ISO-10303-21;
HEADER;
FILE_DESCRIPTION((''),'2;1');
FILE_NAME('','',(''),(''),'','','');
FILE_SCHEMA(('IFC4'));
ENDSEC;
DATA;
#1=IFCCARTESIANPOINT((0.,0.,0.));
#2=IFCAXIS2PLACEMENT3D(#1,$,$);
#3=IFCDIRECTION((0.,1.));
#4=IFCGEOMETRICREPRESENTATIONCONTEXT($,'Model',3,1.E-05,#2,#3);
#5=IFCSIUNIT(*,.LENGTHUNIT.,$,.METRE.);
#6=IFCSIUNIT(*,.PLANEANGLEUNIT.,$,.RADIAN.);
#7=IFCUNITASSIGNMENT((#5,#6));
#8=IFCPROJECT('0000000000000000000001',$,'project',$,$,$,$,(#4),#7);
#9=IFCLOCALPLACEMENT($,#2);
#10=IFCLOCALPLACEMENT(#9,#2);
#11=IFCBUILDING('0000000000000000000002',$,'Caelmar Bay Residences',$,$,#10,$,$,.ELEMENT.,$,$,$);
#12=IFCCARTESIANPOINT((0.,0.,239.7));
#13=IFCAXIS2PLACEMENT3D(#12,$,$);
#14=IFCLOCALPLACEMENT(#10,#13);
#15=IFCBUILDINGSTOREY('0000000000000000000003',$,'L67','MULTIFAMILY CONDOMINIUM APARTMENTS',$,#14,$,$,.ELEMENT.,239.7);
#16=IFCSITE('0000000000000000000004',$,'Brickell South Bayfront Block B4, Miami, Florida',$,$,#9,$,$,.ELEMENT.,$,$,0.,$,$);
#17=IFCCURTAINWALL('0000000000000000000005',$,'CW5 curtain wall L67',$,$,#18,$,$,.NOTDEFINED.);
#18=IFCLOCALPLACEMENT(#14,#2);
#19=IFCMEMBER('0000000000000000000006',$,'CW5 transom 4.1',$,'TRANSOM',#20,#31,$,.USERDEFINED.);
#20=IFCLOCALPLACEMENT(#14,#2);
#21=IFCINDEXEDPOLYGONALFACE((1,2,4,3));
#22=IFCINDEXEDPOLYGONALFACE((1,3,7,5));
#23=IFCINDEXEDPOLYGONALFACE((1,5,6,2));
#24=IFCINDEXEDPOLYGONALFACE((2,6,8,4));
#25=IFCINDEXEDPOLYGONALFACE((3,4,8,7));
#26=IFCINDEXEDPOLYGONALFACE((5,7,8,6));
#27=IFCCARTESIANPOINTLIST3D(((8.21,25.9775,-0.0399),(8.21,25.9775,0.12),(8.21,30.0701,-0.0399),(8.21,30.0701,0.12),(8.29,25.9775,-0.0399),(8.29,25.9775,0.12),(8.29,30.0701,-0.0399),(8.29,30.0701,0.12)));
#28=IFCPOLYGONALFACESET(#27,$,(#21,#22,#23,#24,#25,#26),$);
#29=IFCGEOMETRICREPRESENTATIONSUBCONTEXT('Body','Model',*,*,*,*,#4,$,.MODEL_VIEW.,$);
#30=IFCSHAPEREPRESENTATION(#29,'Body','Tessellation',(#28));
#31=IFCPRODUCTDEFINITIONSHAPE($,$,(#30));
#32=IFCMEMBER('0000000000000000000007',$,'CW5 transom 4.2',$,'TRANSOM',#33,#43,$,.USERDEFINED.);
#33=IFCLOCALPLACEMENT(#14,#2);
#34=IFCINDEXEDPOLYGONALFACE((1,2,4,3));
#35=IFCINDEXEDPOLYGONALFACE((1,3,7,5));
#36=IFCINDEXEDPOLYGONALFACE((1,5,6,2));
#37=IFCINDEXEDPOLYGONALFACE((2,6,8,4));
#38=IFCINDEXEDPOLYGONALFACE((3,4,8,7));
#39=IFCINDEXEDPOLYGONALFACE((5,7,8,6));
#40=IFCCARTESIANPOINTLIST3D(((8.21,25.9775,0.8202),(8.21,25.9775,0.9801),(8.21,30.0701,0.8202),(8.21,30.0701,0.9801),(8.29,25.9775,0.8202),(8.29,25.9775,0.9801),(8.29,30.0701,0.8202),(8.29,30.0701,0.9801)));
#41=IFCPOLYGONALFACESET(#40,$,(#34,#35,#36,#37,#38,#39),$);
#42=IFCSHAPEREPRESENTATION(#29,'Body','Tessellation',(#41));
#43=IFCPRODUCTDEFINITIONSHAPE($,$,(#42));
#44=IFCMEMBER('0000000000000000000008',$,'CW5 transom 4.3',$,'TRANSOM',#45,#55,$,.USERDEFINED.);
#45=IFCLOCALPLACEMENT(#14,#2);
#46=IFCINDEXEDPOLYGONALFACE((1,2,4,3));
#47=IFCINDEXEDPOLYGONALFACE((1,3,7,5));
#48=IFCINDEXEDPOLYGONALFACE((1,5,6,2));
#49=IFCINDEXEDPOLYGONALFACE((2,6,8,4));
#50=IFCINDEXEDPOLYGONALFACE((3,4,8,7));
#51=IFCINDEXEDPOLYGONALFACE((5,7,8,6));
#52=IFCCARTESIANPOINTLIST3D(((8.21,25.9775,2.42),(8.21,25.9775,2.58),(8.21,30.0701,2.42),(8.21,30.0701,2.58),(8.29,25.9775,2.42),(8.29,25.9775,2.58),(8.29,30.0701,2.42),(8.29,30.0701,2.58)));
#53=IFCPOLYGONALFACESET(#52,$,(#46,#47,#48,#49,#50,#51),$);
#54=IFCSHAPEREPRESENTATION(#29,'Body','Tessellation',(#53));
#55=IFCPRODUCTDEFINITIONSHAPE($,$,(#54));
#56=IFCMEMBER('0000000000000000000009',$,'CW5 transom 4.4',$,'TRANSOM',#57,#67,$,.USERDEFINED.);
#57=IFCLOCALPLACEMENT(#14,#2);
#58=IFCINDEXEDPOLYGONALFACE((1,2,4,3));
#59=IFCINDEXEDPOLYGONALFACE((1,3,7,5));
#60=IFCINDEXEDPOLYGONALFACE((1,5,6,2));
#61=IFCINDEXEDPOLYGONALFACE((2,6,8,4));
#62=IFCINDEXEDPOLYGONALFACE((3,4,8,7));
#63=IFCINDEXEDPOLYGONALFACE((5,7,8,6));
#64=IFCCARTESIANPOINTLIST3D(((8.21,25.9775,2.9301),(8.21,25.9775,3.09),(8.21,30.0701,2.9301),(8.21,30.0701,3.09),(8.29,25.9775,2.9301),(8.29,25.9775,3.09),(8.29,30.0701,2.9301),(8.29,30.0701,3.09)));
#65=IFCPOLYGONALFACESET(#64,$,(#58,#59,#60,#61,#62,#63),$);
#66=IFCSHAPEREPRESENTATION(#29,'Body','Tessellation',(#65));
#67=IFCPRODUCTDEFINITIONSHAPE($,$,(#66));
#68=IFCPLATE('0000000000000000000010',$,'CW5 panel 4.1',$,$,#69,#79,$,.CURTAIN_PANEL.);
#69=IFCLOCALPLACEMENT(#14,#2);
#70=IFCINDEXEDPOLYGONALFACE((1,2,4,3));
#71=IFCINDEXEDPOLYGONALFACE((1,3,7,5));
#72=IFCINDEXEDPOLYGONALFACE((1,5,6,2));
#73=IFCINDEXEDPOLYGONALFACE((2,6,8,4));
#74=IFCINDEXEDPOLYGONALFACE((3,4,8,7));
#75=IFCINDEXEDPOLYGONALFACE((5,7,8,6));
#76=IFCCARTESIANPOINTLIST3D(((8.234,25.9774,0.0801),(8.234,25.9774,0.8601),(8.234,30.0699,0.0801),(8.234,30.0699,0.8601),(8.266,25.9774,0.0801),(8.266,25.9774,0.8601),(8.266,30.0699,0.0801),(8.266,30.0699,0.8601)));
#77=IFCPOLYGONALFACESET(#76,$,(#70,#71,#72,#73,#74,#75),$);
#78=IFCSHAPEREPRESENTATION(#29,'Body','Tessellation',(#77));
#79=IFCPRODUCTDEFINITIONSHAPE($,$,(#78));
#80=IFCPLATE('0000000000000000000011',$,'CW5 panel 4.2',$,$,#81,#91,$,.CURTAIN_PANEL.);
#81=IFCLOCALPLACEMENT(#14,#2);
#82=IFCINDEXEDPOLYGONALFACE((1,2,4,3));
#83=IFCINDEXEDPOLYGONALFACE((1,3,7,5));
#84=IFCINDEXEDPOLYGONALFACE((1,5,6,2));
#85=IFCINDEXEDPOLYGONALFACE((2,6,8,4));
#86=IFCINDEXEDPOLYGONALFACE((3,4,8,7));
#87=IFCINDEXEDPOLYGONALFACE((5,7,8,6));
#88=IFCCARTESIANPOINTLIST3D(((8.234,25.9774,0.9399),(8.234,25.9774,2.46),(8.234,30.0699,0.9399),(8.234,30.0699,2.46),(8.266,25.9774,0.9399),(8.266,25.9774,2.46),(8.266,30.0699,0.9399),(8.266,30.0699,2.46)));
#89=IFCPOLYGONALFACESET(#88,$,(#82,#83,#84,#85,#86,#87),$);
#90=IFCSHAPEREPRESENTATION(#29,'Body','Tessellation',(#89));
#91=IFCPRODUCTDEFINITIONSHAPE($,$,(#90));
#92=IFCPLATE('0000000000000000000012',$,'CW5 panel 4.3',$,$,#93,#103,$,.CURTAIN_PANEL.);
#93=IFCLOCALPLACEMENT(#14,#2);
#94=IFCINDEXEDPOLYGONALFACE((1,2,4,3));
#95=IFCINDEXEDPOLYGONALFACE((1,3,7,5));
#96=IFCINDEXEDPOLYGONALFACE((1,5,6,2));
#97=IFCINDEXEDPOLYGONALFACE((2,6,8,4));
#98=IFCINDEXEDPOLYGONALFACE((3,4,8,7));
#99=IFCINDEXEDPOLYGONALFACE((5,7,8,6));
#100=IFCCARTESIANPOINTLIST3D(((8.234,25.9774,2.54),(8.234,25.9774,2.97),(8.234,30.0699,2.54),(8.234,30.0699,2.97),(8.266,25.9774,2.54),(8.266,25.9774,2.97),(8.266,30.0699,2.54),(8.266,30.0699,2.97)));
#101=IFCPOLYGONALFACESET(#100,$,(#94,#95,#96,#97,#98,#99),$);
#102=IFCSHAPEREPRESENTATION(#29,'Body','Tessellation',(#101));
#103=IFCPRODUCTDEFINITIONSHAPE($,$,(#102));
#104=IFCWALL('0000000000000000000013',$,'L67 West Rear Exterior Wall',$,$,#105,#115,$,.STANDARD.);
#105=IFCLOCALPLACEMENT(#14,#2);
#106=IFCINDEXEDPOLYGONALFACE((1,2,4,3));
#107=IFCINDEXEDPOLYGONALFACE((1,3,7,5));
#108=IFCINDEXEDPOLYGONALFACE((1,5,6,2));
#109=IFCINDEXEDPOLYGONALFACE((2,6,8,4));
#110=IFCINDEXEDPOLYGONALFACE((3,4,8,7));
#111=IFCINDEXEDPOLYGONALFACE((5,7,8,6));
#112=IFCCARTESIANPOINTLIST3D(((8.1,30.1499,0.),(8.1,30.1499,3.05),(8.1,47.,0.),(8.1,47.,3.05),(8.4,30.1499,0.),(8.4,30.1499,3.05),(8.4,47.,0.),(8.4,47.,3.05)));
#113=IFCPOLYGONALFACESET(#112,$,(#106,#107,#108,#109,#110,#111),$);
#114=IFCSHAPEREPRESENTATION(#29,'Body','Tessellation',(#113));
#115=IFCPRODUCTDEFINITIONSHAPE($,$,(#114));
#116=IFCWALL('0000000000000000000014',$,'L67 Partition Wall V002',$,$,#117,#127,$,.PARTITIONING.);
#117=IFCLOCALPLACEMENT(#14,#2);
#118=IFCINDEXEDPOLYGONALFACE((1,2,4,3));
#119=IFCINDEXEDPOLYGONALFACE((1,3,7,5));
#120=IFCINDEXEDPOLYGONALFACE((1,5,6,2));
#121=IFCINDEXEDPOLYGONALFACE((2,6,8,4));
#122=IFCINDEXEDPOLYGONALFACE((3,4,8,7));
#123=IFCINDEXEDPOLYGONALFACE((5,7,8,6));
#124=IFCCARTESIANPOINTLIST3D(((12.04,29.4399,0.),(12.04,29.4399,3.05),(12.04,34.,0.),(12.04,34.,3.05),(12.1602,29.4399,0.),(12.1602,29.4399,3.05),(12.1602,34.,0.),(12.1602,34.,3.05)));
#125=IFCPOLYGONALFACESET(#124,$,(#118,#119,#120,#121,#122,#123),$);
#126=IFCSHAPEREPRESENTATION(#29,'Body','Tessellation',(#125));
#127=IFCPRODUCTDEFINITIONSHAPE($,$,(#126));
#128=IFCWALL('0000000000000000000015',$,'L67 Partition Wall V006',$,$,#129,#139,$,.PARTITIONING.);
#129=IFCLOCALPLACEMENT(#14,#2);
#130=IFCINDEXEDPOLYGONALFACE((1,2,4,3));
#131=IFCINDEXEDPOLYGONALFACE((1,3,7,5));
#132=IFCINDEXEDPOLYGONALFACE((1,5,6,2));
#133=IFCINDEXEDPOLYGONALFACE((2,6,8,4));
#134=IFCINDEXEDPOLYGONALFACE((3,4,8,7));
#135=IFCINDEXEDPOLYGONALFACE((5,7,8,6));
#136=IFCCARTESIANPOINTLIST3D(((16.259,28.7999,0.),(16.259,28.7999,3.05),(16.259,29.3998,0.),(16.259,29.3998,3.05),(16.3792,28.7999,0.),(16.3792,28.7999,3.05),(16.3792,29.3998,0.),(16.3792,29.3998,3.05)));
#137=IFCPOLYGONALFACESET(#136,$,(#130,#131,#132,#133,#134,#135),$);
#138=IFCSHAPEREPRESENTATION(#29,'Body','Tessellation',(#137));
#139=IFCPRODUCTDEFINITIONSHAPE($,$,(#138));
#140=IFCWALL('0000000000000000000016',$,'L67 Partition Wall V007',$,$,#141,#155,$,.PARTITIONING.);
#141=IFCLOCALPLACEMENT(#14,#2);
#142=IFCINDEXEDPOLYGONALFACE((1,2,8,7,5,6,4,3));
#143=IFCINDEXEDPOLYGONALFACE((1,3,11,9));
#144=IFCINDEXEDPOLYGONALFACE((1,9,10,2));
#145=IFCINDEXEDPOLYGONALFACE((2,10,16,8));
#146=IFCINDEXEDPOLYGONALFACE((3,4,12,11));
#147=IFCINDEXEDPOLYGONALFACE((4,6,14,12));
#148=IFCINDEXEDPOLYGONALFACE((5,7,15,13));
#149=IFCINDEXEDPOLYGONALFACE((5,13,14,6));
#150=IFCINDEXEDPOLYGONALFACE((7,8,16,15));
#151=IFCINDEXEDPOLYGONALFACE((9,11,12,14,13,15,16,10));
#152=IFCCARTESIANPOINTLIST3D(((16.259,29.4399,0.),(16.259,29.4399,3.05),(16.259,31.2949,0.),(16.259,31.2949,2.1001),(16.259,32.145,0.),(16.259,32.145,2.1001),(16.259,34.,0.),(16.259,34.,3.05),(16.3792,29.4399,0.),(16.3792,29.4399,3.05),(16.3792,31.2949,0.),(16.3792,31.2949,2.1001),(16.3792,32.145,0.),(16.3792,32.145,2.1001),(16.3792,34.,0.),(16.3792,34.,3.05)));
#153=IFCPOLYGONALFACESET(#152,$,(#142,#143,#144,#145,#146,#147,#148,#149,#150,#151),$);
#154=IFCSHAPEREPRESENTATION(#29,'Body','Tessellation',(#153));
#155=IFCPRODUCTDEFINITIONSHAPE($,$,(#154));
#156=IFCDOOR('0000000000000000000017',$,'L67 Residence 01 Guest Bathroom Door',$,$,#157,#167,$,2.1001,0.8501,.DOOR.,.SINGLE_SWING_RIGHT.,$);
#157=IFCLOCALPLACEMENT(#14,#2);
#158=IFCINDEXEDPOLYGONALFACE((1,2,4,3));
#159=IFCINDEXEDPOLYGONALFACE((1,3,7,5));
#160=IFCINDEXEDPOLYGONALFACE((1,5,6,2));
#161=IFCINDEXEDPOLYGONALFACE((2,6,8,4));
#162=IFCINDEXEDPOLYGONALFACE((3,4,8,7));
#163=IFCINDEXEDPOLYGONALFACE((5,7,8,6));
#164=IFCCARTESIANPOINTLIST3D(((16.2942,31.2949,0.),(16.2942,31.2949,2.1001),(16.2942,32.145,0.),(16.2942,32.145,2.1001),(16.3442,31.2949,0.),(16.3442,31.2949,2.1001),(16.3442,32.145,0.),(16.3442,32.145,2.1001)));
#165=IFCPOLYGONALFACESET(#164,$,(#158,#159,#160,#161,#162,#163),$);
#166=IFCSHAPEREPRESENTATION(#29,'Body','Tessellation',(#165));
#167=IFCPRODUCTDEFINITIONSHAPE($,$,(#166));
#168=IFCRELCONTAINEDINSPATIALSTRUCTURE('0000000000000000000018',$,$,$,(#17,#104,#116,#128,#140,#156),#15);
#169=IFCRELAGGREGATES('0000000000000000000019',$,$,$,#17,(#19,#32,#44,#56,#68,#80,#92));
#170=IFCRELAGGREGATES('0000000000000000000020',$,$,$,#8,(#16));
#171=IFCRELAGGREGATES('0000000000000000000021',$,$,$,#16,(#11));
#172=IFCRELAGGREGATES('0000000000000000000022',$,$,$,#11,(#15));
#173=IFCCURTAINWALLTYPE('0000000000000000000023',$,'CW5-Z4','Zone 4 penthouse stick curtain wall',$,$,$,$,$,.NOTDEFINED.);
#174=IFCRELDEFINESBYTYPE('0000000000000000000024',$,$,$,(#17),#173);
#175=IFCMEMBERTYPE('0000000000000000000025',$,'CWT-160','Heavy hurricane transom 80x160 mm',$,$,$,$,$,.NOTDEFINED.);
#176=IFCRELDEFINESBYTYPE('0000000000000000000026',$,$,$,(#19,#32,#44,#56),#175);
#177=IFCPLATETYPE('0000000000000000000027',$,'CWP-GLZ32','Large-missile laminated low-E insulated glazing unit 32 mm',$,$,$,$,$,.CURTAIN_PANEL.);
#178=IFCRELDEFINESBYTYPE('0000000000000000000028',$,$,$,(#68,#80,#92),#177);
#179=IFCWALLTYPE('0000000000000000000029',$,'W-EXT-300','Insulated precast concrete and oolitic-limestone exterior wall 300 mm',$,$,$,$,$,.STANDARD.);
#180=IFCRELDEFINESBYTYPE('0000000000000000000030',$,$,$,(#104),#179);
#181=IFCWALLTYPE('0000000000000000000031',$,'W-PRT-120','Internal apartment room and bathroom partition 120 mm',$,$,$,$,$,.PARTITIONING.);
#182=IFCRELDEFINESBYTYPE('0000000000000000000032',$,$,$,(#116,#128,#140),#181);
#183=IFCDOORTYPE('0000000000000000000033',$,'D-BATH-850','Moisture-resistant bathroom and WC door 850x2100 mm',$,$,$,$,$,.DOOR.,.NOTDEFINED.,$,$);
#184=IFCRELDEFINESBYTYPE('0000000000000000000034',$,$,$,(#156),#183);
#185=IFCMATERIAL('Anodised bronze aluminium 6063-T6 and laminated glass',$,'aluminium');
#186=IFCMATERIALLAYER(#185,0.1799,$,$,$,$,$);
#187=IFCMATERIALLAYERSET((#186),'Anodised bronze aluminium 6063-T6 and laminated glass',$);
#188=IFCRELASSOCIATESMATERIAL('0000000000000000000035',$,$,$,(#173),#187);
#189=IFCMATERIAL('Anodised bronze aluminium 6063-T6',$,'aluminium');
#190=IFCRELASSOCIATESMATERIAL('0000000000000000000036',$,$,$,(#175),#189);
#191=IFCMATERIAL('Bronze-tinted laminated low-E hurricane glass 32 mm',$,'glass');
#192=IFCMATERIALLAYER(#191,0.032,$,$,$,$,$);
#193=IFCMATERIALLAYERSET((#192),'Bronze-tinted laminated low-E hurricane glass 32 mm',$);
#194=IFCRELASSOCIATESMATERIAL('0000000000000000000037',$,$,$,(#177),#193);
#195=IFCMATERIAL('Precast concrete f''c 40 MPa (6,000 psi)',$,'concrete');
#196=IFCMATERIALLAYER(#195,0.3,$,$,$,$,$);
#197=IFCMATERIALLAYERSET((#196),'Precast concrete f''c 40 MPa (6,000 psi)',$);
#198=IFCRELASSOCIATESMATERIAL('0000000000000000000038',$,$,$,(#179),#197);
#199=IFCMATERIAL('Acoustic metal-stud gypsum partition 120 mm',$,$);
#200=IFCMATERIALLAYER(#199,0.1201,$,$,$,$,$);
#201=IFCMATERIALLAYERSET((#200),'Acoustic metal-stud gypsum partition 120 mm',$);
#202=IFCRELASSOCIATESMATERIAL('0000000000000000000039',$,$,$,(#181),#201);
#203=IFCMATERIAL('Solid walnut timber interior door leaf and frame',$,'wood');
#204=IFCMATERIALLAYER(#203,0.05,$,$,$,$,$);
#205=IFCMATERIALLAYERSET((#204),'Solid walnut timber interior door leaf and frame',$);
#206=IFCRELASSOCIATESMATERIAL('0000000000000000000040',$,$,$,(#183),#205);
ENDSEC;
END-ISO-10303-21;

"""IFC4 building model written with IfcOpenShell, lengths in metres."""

from ifc_helpers import new_model, si_unit, direction, frame, frame_2d, origin, origin_2d, place, context, subcontext, project, spatial, rectangle, extrude, material, layer, layer_set, material_profile, profile_set, type_object, element, fill, aggregate, save


model = new_model("IFC4")

# Units and contexts
model_context = context("Model", 3, precision=1e-05, world=origin(), true_north=direction((0.0, 1.0)))
body_context = subcontext(model_context, "Body", "Model", "MODEL_VIEW")
ifc_project = project(units=[si_unit("LENGTHUNIT", "METRE"), si_unit("PLANEANGLEUNIT", "RADIAN")], contexts=[model_context])

# Site, building, storey
site_placement = place(None, origin())
site = spatial("IfcSite", under=ifc_project, at=site_placement, Name="Brickell South Bayfront Block B4, Miami, Florida", CompositionType="ELEMENT", RefElevation=0.0)
building_placement = place(site_placement, origin())
building = spatial("IfcBuilding", under=site, at=building_placement, Name="Caelmar Bay Residences", CompositionType="ELEMENT")
storey_placement = place(building_placement, frame((0.0, 0.0, 239.7)))
storey = spatial("IfcBuildingStorey", under=building, at=storey_placement, Name="L67", Description="MULTIFAMILY CONDOMINIUM APARTMENTS", CompositionType="ELEMENT", Elevation=239.7)

# Curtain wall, members, plates
ifc_material_1 = material(Name="Anodised bronze aluminium 6063-T6 and laminated glass", Category="aluminium")
ifc_layer_1 = layer(ifc_material_1, 0.1799)
ifc_layer_set_1 = layer_set([ifc_layer_1], Name="Anodised bronze aluminium 6063-T6 and laminated glass")
curtain_wall_type = type_object("IfcCurtainWallType", Name="CW5-Z4", Description="Zone 4 penthouse stick curtain wall", PredefinedType="NOTDEFINED", material=ifc_layer_set_1)
curtain_wall_placement = place(storey_placement, origin())
curtain_wall = element("IfcCurtainWall", 1, at=curtain_wall_placement, inside=storey, type_object=curtain_wall_type, Name="CW5 curtain wall L67", PredefinedType="NOTDEFINED")
ifc_material_2 = material(Name="Anodised bronze aluminium 6063-T6", Category="aluminium")
ifc_material_profile_1 = material_profile(ifc_material_2, rectangle(XDim=0.0801, YDim=0.1599, at=origin_2d()), Name="CWT-80X160")
ifc_profile_set_1 = profile_set([ifc_material_profile_1], Name="Anodised bronze aluminium 6063-T6")
member_type_1 = type_object("IfcMemberType", Name="CWT-160", Description="Heavy hurricane transom 80x160 mm", PredefinedType="NOTDEFINED", material=ifc_profile_set_1)
member_1_placement = place(storey_placement, frame((8.25, 25.9775, 0.04), z_axis=(0.0, 1.0, 0.0), x_axis=(-1.0, 0.0, 0.0)))
member_1 = element("IfcMember", 2, at=member_1_placement, type_object=member_type_1, Name="CW5 transom 4.1", ObjectType="TRANSOM", PredefinedType="USERDEFINED", context=body_context, shape_type="SweptSolid", body=[
    extrude(rectangle(XDim=0.0801, YDim=0.1599, at=origin_2d()), origin(), (0.0, 0.0, 1.0), 4.0925),
])
member_2_placement = place(storey_placement, frame((8.25, 25.9775, 0.9001), z_axis=(0.0, 1.0, 0.0), x_axis=(-1.0, 0.0, 0.0)))
member_2 = element("IfcMember", 3, at=member_2_placement, type_object=member_type_1, Name="CW5 transom 4.2", ObjectType="TRANSOM", PredefinedType="USERDEFINED", context=body_context, shape_type="SweptSolid", body=[
    extrude(rectangle(XDim=0.0801, YDim=0.1599, at=origin_2d()), origin(), (0.0, 0.0, 1.0), 4.0925),
])
member_3_placement = place(storey_placement, frame((8.25, 25.9775, 2.5), z_axis=(0.0, 1.0, 0.0), x_axis=(-1.0, 0.0, 0.0)))
member_3 = element("IfcMember", 4, at=member_3_placement, type_object=member_type_1, Name="CW5 transom 4.3", ObjectType="TRANSOM", PredefinedType="USERDEFINED", context=body_context, shape_type="SweptSolid", body=[
    extrude(rectangle(XDim=0.0801, YDim=0.1599, at=origin_2d()), origin(), (0.0, 0.0, 1.0), 4.0925),
])
member_4_placement = place(storey_placement, frame((8.25, 25.9775, 3.01), z_axis=(0.0, 1.0, 0.0), x_axis=(-1.0, 0.0, 0.0)))
member_4 = element("IfcMember", 5, at=member_4_placement, type_object=member_type_1, Name="CW5 transom 4.4", ObjectType="TRANSOM", PredefinedType="USERDEFINED", context=body_context, shape_type="SweptSolid", body=[
    extrude(rectangle(XDim=0.0801, YDim=0.1599, at=origin_2d()), origin(), (0.0, 0.0, 1.0), 4.0925),
])
ifc_material_3 = material(Name="Bronze-tinted laminated low-E hurricane glass 32 mm", Category="glass")
ifc_layer_2 = layer(ifc_material_3, 0.032)
ifc_layer_set_2 = layer_set([ifc_layer_2], Name="Bronze-tinted laminated low-E hurricane glass 32 mm")
plate_type = type_object("IfcPlateType", Name="CWP-GLZ32", Description="Large-missile laminated low-E insulated glazing unit 32 mm", PredefinedType="CURTAIN_PANEL", material=ifc_layer_set_2)
plate_1_placement = place(storey_placement, frame((8.25, 28.0237, 0.0801), z_axis=(0.0, 0.0, 1.0), x_axis=(0.0, 1.0, 0.0)))
plate_1 = element("IfcPlate", 6, at=plate_1_placement, type_object=plate_type, Name="CW5 panel 4.1", PredefinedType="CURTAIN_PANEL", context=body_context, shape_type="SweptSolid", body=[
    extrude(rectangle(XDim=4.0925, YDim=0.032, at=origin_2d()), origin(), (0.0, 0.0, 1.0), 0.78),
])
plate_2_placement = place(storey_placement, frame((8.25, 28.0237, 0.9399), z_axis=(0.0, 0.0, 1.0), x_axis=(0.0, 1.0, 0.0)))
plate_2 = element("IfcPlate", 7, at=plate_2_placement, type_object=plate_type, Name="CW5 panel 4.2", PredefinedType="CURTAIN_PANEL", context=body_context, shape_type="SweptSolid", body=[
    extrude(rectangle(XDim=4.0925, YDim=0.032, at=origin_2d()), origin(), (0.0, 0.0, 1.0), 1.52),
])
plate_3_placement = place(storey_placement, frame((8.25, 28.0237, 2.54), z_axis=(0.0, 0.0, 1.0), x_axis=(0.0, 1.0, 0.0)))
plate_3 = element("IfcPlate", 8, at=plate_3_placement, type_object=plate_type, Name="CW5 panel 4.3", PredefinedType="CURTAIN_PANEL", context=body_context, shape_type="SweptSolid", body=[
    extrude(rectangle(XDim=4.0925, YDim=0.032, at=origin_2d()), origin(), (0.0, 0.0, 1.0), 0.4299),
])
aggregate(curtain_wall, [member_1, member_2, member_3, member_4, plate_1, plate_2, plate_3])

# Walls
ifc_material_4 = material(Name="Precast concrete f'c 40 MPa (6,000 psi)", Category="concrete")
ifc_layer_3 = layer(ifc_material_4, 0.3)
ifc_layer_set_3 = layer_set([ifc_layer_3], Name="Precast concrete f'c 40 MPa (6,000 psi)")
wall_type_1 = type_object("IfcWallType", Name="W-EXT-300", Description="Insulated precast concrete and oolitic-limestone exterior wall 300 mm", PredefinedType="STANDARD", material=ifc_layer_set_3)
wall_1_placement = place(storey_placement, frame((8.25, 30.1499, 0.0), z_axis=(0.0, 0.0, 1.0), x_axis=(0.0, 1.0, 0.0)))
element("IfcWall", 9, at=wall_1_placement, inside=storey, type_object=wall_type_1, Name="L67 West Rear Exterior Wall", PredefinedType="STANDARD", context=body_context, shape_type="SweptSolid", body=[
    extrude(rectangle(XDim=16.8501, YDim=0.3, at=frame_2d((8.425, 0.0))), origin(), (0.0, 0.0, 1.0), 3.05),
])
ifc_material_5 = material(Name="Acoustic metal-stud gypsum partition 120 mm")
ifc_layer_4 = layer(ifc_material_5, 0.1201)
ifc_layer_set_4 = layer_set([ifc_layer_4], Name="Acoustic metal-stud gypsum partition 120 mm")
wall_type_2 = type_object("IfcWallType", Name="W-PRT-120", Description="Internal apartment room and bathroom partition 120 mm", PredefinedType="PARTITIONING", material=ifc_layer_set_4)
wall_2_placement = place(storey_placement, frame((12.1001, 29.4399, 0.0), z_axis=(0.0, 0.0, 1.0), x_axis=(0.0, 1.0, 0.0)))
element("IfcWall", 10, at=wall_2_placement, inside=storey, type_object=wall_type_2, Name="L67 Partition Wall V002", PredefinedType="PARTITIONING", context=body_context, shape_type="SweptSolid", body=[
    extrude(rectangle(XDim=4.5601, YDim=0.1201, at=frame_2d((2.28, 0.0))), origin(), (0.0, 0.0, 1.0), 3.05),
])
wall_3_placement = place(storey_placement, frame((16.3191, 28.8, 0.0), z_axis=(0.0, 0.0, 1.0), x_axis=(0.0, 1.0, 0.0)))
element("IfcWall", 11, at=wall_3_placement, inside=storey, type_object=wall_type_2, Name="L67 Partition Wall V006", PredefinedType="PARTITIONING", context=body_context, shape_type="SweptSolid", body=[
    extrude(rectangle(XDim=0.5999, YDim=0.1201, at=frame_2d((0.2998, 0.0))), origin(), (0.0, 0.0, 1.0), 3.05),
])

# Wall, opening, door
wall_4_placement = place(storey_placement, frame((16.3191, 29.4399, 0.0), z_axis=(0.0, 0.0, 1.0), x_axis=(0.0, 1.0, 0.0)))
wall_4 = element("IfcWall", 12, at=wall_4_placement, inside=storey, type_object=wall_type_2, Name="L67 Partition Wall V007", PredefinedType="PARTITIONING", context=body_context, shape_type="SweptSolid", body=[
    extrude(rectangle(XDim=4.5601, YDim=0.1201, at=frame_2d((2.28, 0.0))), origin(), (0.0, 0.0, 1.0), 3.05),
])
opening_1_placement = place(wall_4_placement, frame((1.855, 0.0, 0.0)))
opening_1 = element("IfcOpeningElement", 13, at=opening_1_placement, cuts=wall_4, PredefinedType="OPENING", context=body_context, shape_type="SweptSolid", body=[
    extrude(rectangle(XDim=0.8501, YDim=2.1001, at=frame_2d((0.425, 1.05))), frame((0.0, 0.0701, 0.0), z_axis=(0.0, -1.0, 0.0), x_axis=(1.0, 0.0, 0.0)), (0.0, 0.0, 1.0), 0.1401),
])
ifc_material_6 = material(Name="Solid walnut timber interior door leaf and frame", Category="wood")
ifc_layer_5 = layer(ifc_material_6, 0.05)
ifc_layer_set_5 = layer_set([ifc_layer_5], Name="Solid walnut timber interior door leaf and frame")
door_type_1 = type_object("IfcDoorType", Name="D-BATH-850", Description="Moisture-resistant bathroom and WC door 850x2100 mm", OperationType="NOTDEFINED", PredefinedType="DOOR", material=ifc_layer_set_5)
door_1_placement = place(opening_1_placement, origin())
door_1 = element("IfcDoor", 14, at=door_1_placement, inside=storey, type_object=door_type_1, Name="L67 Residence 01 Guest Bathroom Door", OperationType="SINGLE_SWING_RIGHT", OverallHeight=2.1001, OverallWidth=0.8501, PredefinedType="DOOR", context=body_context, shape_type="SweptSolid", body=[
    extrude(rectangle(XDim=0.8501, YDim=2.1001, at=frame_2d((0.425, 1.05))), frame((0.0, 0.0249, 0.0), z_axis=(0.0, -1.0, 0.0), x_axis=(1.0, 0.0, 0.0)), (0.0, 0.0, 1.0), 0.05),
])
fill(opening_1, door_1)

save(model, "model.ifc")
